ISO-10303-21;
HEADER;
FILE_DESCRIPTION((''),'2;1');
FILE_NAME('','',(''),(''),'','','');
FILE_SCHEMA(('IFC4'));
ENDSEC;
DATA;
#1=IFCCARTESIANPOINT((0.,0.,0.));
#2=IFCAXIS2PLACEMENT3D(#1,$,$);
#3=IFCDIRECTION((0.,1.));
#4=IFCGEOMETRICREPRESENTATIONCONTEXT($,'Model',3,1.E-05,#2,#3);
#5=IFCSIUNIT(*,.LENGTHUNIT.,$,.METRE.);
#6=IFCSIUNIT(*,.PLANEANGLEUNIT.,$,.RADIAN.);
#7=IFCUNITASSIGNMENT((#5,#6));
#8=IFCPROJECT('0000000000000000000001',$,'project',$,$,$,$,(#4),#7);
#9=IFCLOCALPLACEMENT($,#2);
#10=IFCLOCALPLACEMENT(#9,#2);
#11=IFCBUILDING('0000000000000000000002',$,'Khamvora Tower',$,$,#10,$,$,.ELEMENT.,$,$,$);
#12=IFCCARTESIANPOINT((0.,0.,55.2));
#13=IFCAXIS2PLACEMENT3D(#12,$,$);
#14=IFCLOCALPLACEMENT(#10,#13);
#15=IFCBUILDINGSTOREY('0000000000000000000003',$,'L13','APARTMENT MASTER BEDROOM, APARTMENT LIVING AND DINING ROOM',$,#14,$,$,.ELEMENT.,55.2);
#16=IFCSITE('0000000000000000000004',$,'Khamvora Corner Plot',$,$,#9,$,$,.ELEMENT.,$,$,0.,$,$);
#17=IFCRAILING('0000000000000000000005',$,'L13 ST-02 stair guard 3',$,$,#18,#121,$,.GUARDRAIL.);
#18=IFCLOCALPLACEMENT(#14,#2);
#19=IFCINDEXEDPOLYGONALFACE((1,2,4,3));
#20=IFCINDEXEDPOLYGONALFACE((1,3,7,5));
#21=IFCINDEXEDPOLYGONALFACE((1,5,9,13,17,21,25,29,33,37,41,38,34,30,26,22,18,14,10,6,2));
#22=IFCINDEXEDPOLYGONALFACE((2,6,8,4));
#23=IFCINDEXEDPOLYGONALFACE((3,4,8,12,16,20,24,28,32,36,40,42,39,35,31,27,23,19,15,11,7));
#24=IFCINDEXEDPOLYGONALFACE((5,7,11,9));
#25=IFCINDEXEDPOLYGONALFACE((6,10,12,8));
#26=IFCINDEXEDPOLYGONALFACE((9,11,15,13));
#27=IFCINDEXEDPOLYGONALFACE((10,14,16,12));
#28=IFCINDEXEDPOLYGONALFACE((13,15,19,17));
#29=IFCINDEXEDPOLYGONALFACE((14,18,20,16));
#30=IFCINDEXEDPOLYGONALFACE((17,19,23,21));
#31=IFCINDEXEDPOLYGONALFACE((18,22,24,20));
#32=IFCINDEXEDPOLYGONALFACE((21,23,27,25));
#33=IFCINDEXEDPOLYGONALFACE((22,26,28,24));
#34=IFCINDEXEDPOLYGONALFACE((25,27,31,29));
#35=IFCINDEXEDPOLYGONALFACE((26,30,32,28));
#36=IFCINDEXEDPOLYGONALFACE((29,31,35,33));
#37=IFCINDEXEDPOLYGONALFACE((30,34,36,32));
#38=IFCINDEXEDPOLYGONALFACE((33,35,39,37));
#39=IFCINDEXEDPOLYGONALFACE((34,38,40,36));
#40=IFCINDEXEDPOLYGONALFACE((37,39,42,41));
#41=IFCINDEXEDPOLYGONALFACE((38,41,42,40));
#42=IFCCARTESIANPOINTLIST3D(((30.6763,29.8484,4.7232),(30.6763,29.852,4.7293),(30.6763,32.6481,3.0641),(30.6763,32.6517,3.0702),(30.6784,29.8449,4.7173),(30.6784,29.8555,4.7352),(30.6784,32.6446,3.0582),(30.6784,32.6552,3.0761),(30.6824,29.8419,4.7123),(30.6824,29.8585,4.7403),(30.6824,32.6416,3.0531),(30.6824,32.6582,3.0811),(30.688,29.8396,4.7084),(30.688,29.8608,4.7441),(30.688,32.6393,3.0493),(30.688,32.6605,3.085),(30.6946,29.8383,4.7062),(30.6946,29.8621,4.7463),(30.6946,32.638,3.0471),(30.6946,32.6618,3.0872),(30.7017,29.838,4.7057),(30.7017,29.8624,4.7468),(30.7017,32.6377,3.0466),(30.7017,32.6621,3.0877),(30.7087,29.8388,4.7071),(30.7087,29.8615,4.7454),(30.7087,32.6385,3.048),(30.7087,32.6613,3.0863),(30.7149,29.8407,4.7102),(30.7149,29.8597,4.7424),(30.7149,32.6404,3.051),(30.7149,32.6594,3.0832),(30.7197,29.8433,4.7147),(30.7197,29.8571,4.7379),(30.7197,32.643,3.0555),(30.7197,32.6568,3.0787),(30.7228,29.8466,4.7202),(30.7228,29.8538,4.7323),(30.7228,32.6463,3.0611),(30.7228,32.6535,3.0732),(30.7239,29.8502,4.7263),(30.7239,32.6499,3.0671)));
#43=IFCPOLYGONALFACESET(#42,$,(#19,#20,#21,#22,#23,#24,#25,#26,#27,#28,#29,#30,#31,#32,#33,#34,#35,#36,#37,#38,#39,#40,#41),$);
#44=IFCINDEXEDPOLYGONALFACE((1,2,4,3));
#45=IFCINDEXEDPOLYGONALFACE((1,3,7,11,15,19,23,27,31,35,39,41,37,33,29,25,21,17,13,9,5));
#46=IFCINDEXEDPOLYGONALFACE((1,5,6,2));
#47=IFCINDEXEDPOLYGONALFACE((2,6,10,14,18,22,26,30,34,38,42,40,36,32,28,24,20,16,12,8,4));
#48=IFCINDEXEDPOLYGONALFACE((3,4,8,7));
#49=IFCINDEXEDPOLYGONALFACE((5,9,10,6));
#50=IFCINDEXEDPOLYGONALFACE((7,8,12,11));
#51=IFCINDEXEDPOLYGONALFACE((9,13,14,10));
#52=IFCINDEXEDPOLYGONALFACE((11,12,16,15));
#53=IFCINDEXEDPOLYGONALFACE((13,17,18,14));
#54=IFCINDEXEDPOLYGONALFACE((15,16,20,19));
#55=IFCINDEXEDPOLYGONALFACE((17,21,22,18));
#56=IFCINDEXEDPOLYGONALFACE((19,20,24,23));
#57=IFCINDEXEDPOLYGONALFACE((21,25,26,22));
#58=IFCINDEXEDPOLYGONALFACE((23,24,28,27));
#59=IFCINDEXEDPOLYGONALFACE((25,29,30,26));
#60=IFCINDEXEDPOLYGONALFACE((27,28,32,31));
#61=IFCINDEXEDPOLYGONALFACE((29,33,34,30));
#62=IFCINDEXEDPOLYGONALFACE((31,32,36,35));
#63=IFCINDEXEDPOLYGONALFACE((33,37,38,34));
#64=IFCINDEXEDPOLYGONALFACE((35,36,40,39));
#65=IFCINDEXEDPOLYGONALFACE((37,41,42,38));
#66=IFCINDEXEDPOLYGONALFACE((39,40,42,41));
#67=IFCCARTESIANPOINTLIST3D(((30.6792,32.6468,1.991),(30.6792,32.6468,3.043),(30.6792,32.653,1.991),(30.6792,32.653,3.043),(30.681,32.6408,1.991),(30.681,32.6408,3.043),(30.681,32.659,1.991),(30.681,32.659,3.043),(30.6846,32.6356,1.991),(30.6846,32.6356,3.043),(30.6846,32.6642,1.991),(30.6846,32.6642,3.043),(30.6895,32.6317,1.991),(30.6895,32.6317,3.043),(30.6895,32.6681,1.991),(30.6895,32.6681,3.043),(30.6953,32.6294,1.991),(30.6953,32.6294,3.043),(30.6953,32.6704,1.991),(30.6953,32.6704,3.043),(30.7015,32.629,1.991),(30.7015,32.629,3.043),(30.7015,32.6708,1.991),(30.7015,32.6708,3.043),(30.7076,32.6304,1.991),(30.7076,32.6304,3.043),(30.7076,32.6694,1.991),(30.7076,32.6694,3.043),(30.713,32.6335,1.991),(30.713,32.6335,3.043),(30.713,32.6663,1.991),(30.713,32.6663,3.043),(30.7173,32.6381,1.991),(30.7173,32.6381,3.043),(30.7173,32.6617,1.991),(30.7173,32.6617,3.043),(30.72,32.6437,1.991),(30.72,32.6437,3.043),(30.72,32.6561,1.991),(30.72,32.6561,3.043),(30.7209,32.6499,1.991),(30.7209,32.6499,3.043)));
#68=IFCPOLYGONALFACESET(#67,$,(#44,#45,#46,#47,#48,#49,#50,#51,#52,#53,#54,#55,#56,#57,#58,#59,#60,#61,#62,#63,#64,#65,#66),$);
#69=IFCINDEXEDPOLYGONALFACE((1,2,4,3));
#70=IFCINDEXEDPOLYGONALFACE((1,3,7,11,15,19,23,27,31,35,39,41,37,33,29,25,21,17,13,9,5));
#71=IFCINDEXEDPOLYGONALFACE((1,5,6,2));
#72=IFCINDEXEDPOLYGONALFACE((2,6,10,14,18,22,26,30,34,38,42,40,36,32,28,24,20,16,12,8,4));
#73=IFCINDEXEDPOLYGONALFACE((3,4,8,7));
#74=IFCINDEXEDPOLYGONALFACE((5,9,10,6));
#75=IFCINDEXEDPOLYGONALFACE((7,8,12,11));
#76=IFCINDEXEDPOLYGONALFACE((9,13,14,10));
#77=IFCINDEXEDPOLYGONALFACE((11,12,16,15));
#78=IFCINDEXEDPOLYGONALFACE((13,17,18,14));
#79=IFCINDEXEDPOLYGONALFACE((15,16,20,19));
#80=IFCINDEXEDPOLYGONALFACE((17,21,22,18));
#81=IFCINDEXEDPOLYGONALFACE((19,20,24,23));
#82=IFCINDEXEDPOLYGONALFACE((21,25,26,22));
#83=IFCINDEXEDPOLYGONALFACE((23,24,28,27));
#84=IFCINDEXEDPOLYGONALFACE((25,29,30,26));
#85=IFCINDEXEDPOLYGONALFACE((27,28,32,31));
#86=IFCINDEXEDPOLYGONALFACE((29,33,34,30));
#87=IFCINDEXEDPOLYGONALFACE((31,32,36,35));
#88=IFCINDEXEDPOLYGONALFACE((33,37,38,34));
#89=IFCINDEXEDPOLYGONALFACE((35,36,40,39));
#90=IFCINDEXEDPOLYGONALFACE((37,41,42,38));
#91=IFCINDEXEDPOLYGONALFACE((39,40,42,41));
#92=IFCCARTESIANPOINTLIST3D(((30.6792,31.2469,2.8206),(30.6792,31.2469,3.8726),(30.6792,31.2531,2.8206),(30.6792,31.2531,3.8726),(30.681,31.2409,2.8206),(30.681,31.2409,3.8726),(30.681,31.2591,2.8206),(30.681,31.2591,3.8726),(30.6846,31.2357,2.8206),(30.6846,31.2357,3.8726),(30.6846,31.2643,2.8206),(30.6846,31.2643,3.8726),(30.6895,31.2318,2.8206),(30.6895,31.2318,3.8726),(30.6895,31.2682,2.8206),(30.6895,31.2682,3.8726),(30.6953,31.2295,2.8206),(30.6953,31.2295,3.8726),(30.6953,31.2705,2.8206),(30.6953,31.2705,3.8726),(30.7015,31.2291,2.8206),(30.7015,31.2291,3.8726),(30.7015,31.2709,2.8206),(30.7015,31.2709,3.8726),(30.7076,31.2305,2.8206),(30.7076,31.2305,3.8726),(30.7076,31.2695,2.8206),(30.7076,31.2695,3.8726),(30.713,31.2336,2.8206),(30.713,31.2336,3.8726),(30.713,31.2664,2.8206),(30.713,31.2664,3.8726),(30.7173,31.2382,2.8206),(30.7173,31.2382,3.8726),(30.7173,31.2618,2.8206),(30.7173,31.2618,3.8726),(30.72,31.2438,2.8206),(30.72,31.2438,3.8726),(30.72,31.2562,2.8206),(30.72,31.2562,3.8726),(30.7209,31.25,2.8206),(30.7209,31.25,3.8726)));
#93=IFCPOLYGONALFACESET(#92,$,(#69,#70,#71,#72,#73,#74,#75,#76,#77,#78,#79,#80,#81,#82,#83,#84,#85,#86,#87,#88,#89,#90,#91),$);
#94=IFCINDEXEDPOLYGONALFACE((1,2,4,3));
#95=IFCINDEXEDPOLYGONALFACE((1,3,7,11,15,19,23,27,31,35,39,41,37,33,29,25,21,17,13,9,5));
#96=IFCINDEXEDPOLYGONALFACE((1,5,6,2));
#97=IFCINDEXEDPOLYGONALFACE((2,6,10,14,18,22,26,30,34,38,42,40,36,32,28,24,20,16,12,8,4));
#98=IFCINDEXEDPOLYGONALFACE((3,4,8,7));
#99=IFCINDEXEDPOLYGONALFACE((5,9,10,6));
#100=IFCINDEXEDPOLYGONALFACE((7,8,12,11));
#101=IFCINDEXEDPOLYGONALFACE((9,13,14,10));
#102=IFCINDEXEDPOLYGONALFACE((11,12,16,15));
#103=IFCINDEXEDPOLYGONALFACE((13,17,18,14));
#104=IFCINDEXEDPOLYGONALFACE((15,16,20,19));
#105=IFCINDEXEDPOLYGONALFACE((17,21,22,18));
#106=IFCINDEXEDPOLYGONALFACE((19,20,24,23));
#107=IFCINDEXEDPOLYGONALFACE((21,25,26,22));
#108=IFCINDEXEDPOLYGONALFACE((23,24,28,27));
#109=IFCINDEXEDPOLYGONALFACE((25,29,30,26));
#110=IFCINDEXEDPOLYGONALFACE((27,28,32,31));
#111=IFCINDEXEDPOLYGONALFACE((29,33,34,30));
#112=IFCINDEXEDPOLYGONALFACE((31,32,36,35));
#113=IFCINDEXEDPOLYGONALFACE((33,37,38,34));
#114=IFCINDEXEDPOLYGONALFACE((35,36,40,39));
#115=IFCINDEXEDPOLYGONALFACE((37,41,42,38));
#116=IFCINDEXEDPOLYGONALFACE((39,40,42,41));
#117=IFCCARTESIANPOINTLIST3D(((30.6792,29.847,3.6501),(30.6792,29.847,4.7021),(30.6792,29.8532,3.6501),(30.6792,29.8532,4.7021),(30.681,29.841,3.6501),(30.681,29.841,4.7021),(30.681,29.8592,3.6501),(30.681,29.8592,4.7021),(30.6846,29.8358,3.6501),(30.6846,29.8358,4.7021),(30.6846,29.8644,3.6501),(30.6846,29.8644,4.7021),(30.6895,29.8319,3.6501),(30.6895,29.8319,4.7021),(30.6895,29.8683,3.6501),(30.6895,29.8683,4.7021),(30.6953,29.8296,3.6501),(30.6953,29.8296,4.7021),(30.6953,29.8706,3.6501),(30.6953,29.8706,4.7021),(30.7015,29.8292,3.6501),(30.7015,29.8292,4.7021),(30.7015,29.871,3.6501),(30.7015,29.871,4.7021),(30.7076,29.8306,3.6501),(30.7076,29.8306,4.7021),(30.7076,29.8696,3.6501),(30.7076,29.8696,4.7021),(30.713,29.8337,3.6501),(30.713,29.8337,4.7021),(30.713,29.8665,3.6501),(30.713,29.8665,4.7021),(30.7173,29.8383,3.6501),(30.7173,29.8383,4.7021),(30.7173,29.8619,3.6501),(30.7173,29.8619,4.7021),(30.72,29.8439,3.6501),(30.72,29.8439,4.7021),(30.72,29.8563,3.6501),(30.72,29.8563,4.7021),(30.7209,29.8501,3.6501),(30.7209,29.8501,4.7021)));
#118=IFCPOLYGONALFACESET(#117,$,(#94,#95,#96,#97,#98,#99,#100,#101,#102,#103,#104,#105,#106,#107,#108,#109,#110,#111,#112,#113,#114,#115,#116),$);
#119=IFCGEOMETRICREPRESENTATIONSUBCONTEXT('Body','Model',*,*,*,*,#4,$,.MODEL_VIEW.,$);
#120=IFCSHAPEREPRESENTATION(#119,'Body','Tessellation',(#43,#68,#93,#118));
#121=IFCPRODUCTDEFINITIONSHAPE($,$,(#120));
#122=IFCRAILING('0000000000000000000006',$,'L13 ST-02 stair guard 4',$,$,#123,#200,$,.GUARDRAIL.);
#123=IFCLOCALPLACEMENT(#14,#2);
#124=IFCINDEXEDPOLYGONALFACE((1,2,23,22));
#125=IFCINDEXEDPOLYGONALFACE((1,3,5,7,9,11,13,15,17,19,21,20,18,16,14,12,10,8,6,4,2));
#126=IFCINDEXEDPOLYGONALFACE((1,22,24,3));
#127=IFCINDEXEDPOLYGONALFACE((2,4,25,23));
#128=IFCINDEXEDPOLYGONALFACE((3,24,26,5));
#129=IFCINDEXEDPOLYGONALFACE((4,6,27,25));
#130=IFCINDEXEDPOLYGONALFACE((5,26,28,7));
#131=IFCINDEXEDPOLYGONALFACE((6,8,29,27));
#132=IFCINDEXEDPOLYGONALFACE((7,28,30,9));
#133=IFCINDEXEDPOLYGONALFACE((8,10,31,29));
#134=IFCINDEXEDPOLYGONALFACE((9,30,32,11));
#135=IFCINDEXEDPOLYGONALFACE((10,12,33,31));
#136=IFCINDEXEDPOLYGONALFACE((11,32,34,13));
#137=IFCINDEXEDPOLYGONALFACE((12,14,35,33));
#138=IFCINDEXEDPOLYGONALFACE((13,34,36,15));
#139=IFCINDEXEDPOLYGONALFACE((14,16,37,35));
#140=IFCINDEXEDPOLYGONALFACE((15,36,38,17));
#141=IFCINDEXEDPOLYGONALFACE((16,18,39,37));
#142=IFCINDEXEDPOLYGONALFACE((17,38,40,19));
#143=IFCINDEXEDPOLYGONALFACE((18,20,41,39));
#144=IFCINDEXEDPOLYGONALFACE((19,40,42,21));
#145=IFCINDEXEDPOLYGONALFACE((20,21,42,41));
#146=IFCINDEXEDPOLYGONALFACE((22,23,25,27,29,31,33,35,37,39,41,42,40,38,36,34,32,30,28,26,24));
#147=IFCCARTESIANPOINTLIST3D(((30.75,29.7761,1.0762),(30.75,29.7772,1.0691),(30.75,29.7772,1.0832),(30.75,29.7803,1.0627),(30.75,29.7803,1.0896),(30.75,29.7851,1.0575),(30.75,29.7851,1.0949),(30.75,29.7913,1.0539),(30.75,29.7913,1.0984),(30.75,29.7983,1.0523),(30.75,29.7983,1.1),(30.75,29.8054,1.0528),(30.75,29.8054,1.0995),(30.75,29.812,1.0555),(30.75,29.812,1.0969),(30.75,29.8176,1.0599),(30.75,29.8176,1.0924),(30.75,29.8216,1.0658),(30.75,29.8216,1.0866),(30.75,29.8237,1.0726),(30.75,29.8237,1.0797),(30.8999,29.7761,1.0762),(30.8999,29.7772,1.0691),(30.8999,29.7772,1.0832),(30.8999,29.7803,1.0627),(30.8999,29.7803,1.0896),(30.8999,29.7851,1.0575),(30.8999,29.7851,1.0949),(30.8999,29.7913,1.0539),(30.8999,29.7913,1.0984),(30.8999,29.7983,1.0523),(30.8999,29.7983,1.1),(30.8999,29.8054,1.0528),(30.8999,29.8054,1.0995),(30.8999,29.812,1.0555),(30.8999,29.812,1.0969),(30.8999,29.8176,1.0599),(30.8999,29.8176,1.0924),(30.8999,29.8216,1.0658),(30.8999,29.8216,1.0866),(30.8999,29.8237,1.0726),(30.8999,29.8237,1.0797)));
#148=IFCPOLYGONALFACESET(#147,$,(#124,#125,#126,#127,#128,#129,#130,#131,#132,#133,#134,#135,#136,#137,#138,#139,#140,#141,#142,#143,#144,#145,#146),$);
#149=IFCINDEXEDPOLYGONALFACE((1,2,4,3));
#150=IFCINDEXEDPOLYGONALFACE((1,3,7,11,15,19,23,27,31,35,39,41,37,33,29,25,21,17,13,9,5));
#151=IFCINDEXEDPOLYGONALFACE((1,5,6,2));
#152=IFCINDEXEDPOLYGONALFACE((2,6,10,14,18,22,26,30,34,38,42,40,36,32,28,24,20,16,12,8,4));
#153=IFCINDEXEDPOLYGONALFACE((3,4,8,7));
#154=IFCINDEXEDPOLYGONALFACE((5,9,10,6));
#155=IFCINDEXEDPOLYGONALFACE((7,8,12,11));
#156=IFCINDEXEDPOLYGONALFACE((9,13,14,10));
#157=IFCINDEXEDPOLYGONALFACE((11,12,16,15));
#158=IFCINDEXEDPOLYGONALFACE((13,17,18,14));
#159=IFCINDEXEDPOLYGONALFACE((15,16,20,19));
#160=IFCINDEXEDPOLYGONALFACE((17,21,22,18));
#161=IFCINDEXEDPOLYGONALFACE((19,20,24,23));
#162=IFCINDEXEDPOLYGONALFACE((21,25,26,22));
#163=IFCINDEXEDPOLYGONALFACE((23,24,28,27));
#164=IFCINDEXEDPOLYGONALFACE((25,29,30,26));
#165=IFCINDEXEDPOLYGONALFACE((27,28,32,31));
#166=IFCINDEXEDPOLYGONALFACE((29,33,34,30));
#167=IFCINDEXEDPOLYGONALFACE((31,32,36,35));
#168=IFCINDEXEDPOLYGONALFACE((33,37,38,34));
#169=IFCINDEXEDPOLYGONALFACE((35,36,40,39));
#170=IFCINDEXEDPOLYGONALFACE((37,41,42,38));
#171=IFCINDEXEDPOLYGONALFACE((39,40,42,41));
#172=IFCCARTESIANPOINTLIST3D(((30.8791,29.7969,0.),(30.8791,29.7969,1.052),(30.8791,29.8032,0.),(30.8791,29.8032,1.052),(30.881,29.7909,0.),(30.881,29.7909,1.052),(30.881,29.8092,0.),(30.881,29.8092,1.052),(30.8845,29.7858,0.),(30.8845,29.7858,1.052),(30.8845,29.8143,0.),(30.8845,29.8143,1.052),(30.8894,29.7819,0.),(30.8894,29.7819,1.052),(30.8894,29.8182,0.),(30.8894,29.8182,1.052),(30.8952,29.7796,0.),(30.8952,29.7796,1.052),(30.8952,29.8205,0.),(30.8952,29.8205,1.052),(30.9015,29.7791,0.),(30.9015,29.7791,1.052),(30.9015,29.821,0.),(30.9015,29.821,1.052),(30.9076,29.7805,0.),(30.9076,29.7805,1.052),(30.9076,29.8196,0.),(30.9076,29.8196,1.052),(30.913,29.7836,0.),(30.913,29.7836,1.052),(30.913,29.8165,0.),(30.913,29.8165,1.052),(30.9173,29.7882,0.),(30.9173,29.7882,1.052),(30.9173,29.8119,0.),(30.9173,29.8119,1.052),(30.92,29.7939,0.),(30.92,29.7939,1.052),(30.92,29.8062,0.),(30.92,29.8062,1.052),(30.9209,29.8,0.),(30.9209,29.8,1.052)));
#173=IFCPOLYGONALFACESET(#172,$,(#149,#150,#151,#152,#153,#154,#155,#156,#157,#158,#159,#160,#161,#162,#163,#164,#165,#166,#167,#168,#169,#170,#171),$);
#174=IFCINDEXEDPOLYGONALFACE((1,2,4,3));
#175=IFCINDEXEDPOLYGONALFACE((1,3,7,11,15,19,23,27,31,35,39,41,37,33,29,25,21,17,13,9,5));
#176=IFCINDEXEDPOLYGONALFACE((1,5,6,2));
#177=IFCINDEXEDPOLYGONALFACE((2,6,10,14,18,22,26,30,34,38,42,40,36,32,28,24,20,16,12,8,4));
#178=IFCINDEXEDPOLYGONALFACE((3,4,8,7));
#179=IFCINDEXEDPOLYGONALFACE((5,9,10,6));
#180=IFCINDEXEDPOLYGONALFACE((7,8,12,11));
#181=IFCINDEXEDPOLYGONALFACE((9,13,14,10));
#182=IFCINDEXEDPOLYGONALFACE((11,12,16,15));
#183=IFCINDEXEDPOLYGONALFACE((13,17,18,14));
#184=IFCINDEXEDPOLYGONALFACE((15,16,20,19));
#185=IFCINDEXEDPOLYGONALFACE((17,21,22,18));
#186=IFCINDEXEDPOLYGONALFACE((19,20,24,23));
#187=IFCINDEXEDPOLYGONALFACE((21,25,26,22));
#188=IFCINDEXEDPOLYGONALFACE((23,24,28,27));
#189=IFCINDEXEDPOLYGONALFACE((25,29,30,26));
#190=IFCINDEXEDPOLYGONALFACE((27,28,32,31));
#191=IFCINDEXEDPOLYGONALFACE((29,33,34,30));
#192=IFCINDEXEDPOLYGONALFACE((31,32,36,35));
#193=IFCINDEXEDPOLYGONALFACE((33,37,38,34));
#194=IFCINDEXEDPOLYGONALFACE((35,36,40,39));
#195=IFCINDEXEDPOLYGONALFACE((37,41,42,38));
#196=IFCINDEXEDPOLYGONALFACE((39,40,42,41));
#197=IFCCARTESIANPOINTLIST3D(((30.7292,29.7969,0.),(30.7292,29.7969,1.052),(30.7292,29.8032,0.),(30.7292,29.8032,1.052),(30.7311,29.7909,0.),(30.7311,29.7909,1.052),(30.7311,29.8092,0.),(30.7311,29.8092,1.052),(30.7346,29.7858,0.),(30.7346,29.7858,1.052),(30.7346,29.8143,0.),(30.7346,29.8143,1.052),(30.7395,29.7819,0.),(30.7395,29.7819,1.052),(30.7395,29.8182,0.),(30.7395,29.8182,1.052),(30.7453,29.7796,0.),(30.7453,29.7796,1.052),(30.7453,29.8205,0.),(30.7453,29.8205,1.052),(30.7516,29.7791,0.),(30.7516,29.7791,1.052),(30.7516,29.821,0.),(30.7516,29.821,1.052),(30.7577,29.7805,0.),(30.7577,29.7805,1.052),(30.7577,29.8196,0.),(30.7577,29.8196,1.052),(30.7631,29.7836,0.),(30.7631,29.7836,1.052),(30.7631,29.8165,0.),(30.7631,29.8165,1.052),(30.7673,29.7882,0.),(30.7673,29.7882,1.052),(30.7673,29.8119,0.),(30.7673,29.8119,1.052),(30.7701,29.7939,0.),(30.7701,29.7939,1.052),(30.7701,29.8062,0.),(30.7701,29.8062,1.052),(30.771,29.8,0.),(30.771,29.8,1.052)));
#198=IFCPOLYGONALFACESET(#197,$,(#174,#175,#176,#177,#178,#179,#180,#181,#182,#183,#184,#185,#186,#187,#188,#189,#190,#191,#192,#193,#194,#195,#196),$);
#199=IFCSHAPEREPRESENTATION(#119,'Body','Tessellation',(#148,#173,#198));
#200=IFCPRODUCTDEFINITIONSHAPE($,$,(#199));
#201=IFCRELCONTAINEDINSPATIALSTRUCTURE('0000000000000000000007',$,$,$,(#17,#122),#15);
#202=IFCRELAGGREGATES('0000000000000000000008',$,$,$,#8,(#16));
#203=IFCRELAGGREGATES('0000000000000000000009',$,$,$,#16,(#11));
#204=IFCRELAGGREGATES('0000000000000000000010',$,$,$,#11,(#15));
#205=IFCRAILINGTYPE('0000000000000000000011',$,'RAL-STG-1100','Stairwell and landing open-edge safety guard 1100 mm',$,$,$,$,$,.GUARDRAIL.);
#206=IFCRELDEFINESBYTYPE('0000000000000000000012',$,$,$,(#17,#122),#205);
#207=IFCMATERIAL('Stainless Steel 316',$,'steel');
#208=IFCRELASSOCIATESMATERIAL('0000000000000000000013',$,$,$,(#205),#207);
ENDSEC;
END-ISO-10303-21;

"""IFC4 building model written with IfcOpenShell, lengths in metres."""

from ifc_helpers import new_model, si_unit, direction, frame, origin, origin_2d, place, context, subcontext, project, spatial, circle, extrude, material, type_object, element, save


model = new_model("IFC4")

# Units and contexts
model_context = context("Model", 3, precision=1e-05, world=origin(), true_north=direction((0.0, 1.0)))
body_context = subcontext(model_context, "Body", "Model", "MODEL_VIEW")
ifc_project = project(units=[si_unit("LENGTHUNIT", "METRE"), si_unit("PLANEANGLEUNIT", "RADIAN")], contexts=[model_context])

# Site, building, storey
site_placement = place(None, origin())
site = spatial("IfcSite", under=ifc_project, at=site_placement, Name="Khamvora Corner Plot", CompositionType="ELEMENT", RefElevation=0.0)
building_placement = place(site_placement, origin())
building = spatial("IfcBuilding", under=site, at=building_placement, Name="Khamvora Tower", CompositionType="ELEMENT")
storey_placement = place(building_placement, frame((0.0, 0.0, 55.2)))
storey = spatial("IfcBuildingStorey", under=building, at=storey_placement, Name="L13", Description="APARTMENT MASTER BEDROOM, APARTMENT LIVING AND DINING ROOM", CompositionType="ELEMENT", Elevation=55.2)

# Railings
ifc_material_1 = material(Name="Stainless Steel 316", Category="steel")
railing_type_1 = type_object("IfcRailingType", Name="RAL-STG-1100", Description="Stairwell and landing open-edge safety guard 1100 mm", PredefinedType="GUARDRAIL", material=ifc_material_1)
railing_1_placement = place(storey_placement, frame((30.7, 32.6499, 1.991)))
element("IfcRailing", 1, at=railing_1_placement, inside=storey, type_object=railing_type_1, Name="L13 ST-02 stair guard 3", PredefinedType="GUARDRAIL", context=body_context, shape_type="SweptSolid", body=[
    extrude(circle(Radius=0.0239, at=origin_2d()), frame((0.0, 0.0, 1.0762), z_axis=(0.0, -0.860287, 0.509811), x_axis=(1.0, 0.0, 0.0)), (0.0, 0.0, 1.0), 3.2544),
    extrude(circle(Radius=0.021, at=origin_2d()), origin(), (0.0, 0.0, 1.0), 1.052),
    extrude(circle(Radius=0.021, at=origin_2d()), frame((0.0, -1.3999, 0.8296)), (0.0, 0.0, 1.0), 1.052),
    extrude(circle(Radius=0.021, at=origin_2d()), frame((0.0, -2.7998, 1.6592)), (0.0, 0.0, 1.0), 1.052),
])
railing_2_placement = place(storey_placement, frame((30.8999, 29.8, 0.0)))
element("IfcRailing", 2, at=railing_2_placement, inside=storey, type_object=railing_type_1, Name="L13 ST-02 stair guard 4", PredefinedType="GUARDRAIL", context=body_context, shape_type="SweptSolid", body=[
    extrude(circle(Radius=0.0239, at=origin_2d()), frame((0.0, 0.0, 1.0762), z_axis=(-1.0, 0.0, 0.0), x_axis=(0.0, -1.0, 0.0)), (0.0, 0.0, 1.0), 0.1499),
    extrude(circle(Radius=0.021, at=origin_2d()), origin(), (0.0, 0.0, 1.0), 1.052),
    extrude(circle(Radius=0.021, at=origin_2d()), frame((-0.1499, 0.0, 0.0)), (0.0, 0.0, 1.0), 1.052),
])

save(model, "model.ifc")
